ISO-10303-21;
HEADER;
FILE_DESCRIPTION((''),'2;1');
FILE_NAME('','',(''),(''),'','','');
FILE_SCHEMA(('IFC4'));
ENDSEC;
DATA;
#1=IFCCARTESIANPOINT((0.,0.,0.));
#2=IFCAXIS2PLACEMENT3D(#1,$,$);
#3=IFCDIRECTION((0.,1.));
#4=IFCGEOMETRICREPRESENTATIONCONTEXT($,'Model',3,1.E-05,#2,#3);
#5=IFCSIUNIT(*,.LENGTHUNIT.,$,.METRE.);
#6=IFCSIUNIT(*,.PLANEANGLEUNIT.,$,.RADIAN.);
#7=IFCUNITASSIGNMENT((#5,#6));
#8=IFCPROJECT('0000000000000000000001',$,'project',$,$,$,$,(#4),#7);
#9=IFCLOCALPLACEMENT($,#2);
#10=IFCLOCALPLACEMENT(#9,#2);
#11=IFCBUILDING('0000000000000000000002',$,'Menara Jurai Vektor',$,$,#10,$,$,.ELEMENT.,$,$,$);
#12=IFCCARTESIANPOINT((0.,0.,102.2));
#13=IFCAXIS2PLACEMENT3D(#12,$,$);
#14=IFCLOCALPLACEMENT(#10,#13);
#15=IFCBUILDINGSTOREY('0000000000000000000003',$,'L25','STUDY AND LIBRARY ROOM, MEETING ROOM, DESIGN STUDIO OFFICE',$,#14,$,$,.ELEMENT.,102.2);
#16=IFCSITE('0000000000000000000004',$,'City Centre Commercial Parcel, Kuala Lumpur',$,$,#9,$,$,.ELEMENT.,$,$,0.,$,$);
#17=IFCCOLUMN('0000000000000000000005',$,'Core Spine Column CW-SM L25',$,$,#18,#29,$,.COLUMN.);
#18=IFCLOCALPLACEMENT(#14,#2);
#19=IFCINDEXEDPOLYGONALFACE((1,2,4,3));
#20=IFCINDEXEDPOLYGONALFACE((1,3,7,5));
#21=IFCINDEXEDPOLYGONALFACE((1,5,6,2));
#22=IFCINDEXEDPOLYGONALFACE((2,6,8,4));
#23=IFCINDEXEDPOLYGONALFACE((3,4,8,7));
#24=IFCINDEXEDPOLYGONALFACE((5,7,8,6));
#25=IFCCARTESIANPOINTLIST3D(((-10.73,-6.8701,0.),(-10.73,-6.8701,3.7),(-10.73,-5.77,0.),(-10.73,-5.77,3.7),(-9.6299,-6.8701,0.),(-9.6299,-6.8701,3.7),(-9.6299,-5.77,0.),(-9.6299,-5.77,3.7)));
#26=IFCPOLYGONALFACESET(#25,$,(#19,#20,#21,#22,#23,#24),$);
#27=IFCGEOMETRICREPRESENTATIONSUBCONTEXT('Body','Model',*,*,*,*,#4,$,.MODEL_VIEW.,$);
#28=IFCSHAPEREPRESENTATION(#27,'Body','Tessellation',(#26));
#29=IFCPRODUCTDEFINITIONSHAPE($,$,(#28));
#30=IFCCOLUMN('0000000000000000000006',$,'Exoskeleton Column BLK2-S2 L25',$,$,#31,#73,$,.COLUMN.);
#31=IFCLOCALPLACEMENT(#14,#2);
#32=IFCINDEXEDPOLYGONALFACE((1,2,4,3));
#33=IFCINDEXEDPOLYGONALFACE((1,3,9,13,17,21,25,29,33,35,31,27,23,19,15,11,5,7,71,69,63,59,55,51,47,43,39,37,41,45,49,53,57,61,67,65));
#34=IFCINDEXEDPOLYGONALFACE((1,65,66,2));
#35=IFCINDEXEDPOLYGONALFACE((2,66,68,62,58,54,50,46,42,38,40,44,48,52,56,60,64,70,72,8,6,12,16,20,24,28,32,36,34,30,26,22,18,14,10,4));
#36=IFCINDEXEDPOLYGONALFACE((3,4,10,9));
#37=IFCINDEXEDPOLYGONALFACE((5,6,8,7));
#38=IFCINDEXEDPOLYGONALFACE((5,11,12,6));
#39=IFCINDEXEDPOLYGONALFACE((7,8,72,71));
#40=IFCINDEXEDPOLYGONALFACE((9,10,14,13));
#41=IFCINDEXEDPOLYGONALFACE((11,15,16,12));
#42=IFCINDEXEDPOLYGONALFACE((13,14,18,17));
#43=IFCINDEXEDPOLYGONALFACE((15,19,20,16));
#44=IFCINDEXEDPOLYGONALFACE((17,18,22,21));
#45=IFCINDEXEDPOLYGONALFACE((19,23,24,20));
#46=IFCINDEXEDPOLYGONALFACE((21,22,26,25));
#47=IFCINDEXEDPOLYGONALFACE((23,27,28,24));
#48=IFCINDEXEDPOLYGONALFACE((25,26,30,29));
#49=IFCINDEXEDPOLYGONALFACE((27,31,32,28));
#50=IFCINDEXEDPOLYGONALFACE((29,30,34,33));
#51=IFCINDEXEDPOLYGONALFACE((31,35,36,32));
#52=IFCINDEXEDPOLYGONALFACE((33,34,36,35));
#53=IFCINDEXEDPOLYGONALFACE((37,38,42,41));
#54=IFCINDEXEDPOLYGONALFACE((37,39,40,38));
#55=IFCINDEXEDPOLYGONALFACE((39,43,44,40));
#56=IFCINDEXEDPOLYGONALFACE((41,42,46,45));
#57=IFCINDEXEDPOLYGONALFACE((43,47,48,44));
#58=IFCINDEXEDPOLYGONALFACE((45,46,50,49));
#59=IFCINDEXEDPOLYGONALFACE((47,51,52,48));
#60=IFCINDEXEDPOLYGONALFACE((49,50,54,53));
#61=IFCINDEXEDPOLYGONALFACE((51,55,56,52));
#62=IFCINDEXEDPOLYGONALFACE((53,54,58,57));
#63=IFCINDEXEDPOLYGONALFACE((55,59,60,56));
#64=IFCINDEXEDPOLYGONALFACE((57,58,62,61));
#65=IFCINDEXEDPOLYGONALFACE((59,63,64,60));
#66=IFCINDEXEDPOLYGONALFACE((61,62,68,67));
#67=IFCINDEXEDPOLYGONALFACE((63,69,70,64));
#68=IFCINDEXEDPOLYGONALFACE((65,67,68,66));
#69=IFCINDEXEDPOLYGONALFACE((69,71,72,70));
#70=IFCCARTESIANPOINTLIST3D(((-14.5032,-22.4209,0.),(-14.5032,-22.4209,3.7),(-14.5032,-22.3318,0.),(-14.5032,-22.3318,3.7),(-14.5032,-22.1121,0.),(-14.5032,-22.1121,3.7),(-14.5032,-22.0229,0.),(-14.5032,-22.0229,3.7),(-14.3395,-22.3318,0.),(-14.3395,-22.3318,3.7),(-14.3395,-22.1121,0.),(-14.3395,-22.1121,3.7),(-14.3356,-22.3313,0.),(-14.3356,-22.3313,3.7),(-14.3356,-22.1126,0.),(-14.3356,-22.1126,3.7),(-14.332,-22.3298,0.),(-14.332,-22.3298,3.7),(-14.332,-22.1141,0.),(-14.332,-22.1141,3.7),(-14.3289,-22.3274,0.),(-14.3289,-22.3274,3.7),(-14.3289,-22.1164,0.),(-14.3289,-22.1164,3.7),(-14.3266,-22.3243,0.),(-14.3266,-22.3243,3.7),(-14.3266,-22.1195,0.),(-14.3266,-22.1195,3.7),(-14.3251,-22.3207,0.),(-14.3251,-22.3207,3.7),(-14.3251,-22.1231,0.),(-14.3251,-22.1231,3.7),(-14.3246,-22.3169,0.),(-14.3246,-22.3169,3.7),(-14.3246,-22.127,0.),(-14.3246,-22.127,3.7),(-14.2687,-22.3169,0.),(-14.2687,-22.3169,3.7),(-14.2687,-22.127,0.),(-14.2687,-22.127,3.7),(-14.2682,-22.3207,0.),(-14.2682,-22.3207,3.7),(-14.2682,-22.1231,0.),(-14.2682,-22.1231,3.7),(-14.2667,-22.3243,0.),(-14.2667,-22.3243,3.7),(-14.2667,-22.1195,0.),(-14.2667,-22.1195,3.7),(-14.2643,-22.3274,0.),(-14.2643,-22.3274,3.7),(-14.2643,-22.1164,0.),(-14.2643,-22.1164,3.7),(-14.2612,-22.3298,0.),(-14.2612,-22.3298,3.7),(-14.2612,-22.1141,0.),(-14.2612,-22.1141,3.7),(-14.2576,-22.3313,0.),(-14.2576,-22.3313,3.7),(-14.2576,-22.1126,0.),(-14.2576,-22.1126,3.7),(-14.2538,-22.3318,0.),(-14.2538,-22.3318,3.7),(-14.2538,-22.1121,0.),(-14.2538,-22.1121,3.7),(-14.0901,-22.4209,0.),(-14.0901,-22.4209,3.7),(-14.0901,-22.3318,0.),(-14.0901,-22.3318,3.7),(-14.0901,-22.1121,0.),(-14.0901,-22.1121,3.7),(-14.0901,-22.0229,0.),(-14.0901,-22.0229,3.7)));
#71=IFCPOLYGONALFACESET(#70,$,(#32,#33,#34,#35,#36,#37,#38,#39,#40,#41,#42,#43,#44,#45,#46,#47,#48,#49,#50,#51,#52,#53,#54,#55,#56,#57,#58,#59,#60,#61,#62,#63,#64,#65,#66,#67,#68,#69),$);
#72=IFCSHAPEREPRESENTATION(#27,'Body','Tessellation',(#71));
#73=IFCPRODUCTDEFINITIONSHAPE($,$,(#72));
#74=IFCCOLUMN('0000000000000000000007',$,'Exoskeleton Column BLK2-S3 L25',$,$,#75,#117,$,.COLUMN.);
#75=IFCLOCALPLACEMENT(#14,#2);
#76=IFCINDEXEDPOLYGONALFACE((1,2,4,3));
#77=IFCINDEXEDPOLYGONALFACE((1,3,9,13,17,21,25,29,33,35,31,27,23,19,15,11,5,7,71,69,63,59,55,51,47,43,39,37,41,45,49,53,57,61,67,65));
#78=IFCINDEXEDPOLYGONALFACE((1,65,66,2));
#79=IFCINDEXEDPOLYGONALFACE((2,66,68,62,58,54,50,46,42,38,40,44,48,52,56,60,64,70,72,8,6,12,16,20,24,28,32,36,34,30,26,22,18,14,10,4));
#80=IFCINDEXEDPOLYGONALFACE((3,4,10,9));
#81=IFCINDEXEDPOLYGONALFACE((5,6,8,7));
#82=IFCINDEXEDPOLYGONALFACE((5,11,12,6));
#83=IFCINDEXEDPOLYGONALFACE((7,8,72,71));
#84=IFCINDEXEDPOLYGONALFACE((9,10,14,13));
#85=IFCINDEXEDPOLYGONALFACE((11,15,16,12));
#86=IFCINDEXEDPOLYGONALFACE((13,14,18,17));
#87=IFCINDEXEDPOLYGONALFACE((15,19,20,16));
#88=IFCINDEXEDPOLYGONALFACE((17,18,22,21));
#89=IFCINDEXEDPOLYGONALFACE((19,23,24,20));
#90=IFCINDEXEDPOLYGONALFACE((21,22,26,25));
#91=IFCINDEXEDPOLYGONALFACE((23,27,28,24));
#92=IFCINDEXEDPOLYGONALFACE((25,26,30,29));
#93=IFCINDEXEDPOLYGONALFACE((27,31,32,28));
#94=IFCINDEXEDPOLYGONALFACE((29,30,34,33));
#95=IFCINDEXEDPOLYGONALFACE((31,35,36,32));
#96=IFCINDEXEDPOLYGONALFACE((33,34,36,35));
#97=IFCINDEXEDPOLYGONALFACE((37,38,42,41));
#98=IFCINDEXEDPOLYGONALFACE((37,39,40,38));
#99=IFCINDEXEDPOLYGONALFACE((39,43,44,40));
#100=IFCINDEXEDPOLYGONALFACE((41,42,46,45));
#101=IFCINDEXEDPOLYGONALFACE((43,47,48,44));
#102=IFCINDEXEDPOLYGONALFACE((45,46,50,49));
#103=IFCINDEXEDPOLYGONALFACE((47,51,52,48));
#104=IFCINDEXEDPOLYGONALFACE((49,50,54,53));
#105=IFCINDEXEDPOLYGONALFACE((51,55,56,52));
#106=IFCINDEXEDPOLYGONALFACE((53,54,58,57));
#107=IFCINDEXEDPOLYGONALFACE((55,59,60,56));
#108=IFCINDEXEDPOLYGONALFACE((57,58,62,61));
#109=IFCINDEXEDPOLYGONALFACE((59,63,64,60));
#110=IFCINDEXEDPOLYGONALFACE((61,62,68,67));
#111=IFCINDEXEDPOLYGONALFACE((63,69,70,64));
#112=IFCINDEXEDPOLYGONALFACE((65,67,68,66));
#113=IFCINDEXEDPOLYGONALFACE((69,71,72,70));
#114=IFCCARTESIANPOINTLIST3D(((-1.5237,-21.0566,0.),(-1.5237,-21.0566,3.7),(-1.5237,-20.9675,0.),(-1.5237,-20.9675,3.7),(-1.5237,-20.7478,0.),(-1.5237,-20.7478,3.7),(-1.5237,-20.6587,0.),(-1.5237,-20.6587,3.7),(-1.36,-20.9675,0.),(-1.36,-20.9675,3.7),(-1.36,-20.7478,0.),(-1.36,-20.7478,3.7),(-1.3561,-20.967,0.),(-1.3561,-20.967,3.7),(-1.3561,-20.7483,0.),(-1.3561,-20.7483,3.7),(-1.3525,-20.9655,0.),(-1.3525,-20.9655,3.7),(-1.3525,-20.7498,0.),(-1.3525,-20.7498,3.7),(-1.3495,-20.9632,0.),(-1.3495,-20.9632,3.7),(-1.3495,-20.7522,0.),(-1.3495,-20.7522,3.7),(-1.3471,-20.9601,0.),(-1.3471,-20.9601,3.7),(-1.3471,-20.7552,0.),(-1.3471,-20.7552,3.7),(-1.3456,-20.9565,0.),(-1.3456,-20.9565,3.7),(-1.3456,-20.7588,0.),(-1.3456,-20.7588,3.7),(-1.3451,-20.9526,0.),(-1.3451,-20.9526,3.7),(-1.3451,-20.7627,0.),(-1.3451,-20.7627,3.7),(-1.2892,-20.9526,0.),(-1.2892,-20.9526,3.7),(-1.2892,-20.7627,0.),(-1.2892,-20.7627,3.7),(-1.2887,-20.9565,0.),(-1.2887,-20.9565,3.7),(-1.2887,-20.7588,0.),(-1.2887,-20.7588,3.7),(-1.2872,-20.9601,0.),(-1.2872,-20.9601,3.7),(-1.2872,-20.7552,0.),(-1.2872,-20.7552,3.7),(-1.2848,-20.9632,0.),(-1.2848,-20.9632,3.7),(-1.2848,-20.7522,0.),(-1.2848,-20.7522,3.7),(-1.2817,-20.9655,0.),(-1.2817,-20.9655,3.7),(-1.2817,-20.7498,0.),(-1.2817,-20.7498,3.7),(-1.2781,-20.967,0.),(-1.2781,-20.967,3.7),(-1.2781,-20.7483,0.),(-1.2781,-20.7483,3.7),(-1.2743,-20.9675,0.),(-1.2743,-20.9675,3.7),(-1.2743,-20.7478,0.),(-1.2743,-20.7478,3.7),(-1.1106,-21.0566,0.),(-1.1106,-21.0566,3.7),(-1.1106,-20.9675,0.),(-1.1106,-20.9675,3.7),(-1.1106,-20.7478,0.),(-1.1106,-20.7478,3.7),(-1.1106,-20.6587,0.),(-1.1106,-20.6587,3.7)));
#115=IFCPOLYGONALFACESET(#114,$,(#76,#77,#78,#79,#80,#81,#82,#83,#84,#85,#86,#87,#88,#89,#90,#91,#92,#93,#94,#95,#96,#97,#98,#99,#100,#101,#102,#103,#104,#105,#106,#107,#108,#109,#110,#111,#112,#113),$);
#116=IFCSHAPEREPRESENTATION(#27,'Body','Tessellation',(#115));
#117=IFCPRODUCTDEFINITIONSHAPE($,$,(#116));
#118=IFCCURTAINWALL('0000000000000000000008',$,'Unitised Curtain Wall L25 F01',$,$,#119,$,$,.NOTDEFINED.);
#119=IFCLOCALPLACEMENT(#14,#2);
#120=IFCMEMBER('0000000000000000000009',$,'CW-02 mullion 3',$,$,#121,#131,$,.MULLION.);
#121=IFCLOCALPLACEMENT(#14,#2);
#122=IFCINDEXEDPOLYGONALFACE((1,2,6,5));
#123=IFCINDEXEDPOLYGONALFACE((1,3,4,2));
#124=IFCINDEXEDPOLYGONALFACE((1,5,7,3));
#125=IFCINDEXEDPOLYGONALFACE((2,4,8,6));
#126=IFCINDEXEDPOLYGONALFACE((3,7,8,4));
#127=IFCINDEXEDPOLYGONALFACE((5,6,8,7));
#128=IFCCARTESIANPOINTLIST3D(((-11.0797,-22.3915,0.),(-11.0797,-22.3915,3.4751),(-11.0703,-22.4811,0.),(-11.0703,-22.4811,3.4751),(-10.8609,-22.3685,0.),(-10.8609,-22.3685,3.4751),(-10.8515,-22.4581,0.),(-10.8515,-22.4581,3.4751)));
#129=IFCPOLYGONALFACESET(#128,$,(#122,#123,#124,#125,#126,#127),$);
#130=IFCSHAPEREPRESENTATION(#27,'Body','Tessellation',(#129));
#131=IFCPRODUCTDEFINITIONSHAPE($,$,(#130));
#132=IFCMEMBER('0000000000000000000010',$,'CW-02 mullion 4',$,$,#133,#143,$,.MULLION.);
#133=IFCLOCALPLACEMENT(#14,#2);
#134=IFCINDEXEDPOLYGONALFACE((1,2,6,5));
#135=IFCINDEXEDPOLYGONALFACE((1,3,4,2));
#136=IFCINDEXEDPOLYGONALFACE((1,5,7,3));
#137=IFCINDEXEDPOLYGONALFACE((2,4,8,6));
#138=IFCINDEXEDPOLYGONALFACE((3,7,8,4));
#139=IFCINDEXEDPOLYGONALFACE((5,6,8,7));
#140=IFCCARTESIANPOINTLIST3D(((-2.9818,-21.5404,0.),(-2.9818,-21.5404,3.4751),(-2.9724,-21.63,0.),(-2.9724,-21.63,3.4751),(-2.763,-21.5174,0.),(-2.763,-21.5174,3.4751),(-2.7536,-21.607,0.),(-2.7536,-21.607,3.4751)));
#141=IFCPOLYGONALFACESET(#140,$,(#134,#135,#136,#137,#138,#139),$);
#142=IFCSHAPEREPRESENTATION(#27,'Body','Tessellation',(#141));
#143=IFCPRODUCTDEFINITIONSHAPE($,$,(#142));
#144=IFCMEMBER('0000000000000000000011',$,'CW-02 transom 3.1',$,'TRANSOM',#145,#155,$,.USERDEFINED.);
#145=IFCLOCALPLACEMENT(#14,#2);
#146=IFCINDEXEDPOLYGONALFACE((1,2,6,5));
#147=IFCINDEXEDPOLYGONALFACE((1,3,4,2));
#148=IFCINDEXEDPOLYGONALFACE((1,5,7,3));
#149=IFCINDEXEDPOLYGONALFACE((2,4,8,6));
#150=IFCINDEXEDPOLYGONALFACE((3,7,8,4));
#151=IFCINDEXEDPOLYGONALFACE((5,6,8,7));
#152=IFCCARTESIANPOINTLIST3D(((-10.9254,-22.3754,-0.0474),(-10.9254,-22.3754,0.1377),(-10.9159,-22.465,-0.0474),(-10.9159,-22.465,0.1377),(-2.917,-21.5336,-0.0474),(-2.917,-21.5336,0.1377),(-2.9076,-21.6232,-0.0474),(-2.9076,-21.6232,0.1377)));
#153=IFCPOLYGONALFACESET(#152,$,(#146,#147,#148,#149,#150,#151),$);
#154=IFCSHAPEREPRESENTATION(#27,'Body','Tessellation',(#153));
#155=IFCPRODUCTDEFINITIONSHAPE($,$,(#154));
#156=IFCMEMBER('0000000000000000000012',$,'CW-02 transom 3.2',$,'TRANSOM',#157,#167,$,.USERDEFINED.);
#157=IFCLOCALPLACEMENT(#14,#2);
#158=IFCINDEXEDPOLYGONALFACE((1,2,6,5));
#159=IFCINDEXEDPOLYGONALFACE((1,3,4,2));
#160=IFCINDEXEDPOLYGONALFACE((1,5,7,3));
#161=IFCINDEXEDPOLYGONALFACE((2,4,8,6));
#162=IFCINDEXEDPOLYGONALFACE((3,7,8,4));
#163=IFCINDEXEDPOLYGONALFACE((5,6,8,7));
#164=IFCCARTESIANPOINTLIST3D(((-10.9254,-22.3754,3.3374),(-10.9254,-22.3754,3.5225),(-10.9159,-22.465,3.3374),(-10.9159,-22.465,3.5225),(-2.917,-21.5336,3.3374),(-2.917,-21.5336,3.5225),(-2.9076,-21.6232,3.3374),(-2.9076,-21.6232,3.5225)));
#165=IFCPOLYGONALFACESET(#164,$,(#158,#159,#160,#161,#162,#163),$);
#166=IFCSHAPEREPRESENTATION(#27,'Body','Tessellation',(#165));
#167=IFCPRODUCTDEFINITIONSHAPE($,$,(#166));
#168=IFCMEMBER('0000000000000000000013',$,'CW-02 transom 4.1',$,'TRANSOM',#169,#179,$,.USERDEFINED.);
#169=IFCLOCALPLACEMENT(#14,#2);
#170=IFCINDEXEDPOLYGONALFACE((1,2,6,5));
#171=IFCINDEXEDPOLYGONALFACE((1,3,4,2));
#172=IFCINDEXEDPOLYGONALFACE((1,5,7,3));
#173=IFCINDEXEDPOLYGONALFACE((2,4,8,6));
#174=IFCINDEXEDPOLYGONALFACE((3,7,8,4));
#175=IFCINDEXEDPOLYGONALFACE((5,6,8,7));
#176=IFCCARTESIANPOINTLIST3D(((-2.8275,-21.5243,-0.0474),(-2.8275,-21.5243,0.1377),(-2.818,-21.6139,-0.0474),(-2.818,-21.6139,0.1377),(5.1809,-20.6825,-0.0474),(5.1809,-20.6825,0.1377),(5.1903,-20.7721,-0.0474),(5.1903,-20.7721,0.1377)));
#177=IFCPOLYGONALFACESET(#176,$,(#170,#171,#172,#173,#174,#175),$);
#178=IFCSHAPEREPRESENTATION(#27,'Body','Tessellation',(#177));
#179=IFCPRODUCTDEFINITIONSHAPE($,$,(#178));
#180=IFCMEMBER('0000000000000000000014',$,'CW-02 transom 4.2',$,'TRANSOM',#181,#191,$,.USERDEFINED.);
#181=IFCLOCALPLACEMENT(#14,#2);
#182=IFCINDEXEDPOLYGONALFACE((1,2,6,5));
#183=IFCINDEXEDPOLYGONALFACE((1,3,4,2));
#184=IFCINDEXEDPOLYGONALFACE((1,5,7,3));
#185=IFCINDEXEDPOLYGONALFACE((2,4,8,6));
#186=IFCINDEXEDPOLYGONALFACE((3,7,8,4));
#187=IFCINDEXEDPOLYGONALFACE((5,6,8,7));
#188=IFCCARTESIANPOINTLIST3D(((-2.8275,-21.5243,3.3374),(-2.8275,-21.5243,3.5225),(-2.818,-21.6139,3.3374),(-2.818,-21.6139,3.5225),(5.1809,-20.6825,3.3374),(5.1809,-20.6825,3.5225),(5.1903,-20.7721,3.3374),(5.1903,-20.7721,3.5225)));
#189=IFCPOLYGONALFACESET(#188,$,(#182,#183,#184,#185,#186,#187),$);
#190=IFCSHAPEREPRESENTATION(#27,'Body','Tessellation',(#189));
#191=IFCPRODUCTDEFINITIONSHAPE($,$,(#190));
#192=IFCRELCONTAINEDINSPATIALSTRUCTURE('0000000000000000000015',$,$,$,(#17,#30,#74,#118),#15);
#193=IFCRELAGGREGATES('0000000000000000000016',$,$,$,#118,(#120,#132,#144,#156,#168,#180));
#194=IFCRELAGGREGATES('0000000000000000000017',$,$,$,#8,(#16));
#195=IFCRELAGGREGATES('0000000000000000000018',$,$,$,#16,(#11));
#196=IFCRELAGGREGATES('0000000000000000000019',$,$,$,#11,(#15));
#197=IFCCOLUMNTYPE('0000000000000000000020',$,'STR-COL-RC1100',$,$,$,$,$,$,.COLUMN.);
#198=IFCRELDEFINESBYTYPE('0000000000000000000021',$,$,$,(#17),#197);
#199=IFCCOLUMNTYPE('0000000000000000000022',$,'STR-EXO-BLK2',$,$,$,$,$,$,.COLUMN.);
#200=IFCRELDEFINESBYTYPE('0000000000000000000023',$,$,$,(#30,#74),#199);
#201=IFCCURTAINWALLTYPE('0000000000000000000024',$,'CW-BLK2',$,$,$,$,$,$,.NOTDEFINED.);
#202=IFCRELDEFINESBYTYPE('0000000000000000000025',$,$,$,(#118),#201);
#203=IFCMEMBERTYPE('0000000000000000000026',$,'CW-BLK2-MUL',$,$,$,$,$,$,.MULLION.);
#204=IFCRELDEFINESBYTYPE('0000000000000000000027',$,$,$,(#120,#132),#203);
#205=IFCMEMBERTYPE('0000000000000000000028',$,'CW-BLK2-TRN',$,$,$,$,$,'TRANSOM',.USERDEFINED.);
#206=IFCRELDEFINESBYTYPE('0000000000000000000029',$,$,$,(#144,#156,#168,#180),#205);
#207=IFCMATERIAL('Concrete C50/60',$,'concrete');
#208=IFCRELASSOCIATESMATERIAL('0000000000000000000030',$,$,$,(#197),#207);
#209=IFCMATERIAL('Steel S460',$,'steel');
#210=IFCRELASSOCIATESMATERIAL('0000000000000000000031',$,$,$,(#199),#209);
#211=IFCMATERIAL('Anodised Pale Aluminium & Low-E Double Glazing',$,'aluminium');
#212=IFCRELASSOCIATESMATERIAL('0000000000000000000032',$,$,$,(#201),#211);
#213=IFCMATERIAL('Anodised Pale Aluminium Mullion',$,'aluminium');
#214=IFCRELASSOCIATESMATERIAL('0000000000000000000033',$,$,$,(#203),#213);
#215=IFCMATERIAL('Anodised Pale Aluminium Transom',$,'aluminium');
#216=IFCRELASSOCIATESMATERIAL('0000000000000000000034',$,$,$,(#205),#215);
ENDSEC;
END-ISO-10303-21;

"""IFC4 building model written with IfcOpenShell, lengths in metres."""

from ifc_helpers import new_model, si_unit, direction, frame, origin, origin_2d, place, context, subcontext, project, spatial, rectangle, i_section, extrude, material, material_profile, profile_set, type_object, element, aggregate, save


model = new_model("IFC4")

# Units and contexts
model_context = context("Model", 3, precision=1e-05, world=origin(), true_north=direction((0.0, 1.0)))
body_context = subcontext(model_context, "Body", "Model", "MODEL_VIEW")
ifc_project = project(units=[si_unit("LENGTHUNIT", "METRE"), si_unit("PLANEANGLEUNIT", "RADIAN")], contexts=[model_context])

# Site, building, storey
site_placement = place(None, origin())
site = spatial("IfcSite", under=ifc_project, at=site_placement, Name="City Centre Commercial Parcel, Kuala Lumpur", CompositionType="ELEMENT", RefElevation=0.0)
building_placement = place(site_placement, origin())
building = spatial("IfcBuilding", under=site, at=building_placement, Name="Menara Jurai Vektor", CompositionType="ELEMENT")
storey_placement = place(building_placement, frame((0.0, 0.0, 102.2)))
storey = spatial("IfcBuildingStorey", under=building, at=storey_placement, Name="L25", Description="STUDY AND LIBRARY ROOM, MEETING ROOM, DESIGN STUDIO OFFICE", CompositionType="ELEMENT", Elevation=102.2)

# Columns
ifc_material_1 = material(Name="Concrete C50/60", Category="concrete")
ifc_material_profile_1 = material_profile(ifc_material_1, rectangle(XDim=1.1001, YDim=1.1001, at=origin_2d()), Name="RC 1100x1100")
ifc_profile_set_1 = profile_set([ifc_material_profile_1], Name="Concrete C50/60")
column_type_1 = type_object("IfcColumnType", Name="STR-COL-RC1100", PredefinedType="COLUMN", material=ifc_profile_set_1)
column_placement = place(storey_placement, frame((-10.1799, -6.3201, 0.0), z_axis=(0.0, 0.0, 1.0), x_axis=(1.0, 0.0, 0.0)))
element("IfcColumn", 1, at=column_placement, inside=storey, type_object=column_type_1, Name="Core Spine Column CW-SM L25", PredefinedType="COLUMN", context=body_context, shape_type="SweptSolid", body=[
    extrude(rectangle(XDim=1.1001, YDim=1.1001, at=origin_2d()), origin(), (0.0, 0.0, 1.0), 3.7),
])
ifc_material_2 = material(Name="Steel S460", Category="steel")
ifc_material_profile_2 = material_profile(ifc_material_2, i_section(OverallWidth=0.4131, OverallDepth=0.3979, WebThickness=0.0559, FlangeThickness=0.0891, FilletRadius=0.0149, at=origin_2d()), Name="HD 400x744")
ifc_profile_set_2 = profile_set([ifc_material_profile_2], Name="Steel S460")
column_type_2 = type_object("IfcColumnType", Name="STR-EXO-BLK2", PredefinedType="COLUMN", material=ifc_profile_set_2)
for number, where, z_axis, x_axis, name in (
    (2, (-14.2966, -22.2219, 0.0), (0.0, 0.0, 1.0), (1.0, 0.0, 0.0), "Exoskeleton Column BLK2-S2 L25"),
    (3, (-1.3171, -20.8577, 0.0), (0.0, 0.0, 1.0), (1.0, 0.0, 0.0), "Exoskeleton Column BLK2-S3 L25"),
):
    element("IfcColumn", number, at=place(storey_placement, frame(where, z_axis=z_axis, x_axis=x_axis)), inside=storey, type_object=column_type_2, Name=name, PredefinedType="COLUMN", context=body_context, shape_type="SweptSolid", body=[
        extrude(i_section(OverallWidth=0.4131, OverallDepth=0.3979, WebThickness=0.0559, FlangeThickness=0.0891, FilletRadius=0.0149, at=origin_2d()), origin(), (0.0, 0.0, 1.0), 3.7),
    ])

# Curtain wall, members
ifc_material_3 = material(Name="Anodised Pale Aluminium & Low-E Double Glazing", Category="aluminium")
curtain_wall_type = type_object("IfcCurtainWallType", Name="CW-BLK2", PredefinedType="NOTDEFINED", material=ifc_material_3)
curtain_wall_placement = place(storey_placement, origin())
curtain_wall = element("IfcCurtainWall", 4, at=curtain_wall_placement, inside=storey, type_object=curtain_wall_type, Name="Unitised Curtain Wall L25 F01", PredefinedType="NOTDEFINED")
ifc_material_4 = material(Name="Anodised Pale Aluminium Mullion", Category="aluminium")
ifc_material_profile_3 = material_profile(ifc_material_4, rectangle(XDim=0.0901, YDim=0.22, at=origin_2d()), Name="ALU MUL 90x220")
ifc_profile_set_3 = profile_set([ifc_material_profile_3], Name="Anodised Pale Aluminium Mullion")
member_type_1 = type_object("IfcMemberType", Name="CW-BLK2-MUL", PredefinedType="MULLION", material=ifc_profile_set_3)
member_1_placement = place(storey_placement, frame((-10.9656, -22.4248, 0.0), z_axis=(0.0, 0.0, 1.0), x_axis=(-0.104529, 0.994522, 0.0)))
member_1 = element("IfcMember", 5, at=member_1_placement, type_object=member_type_1, Name="CW-02 mullion 3", PredefinedType="MULLION", context=body_context, shape_type="SweptSolid", body=[
    extrude(rectangle(XDim=0.0901, YDim=0.22, at=origin_2d()), origin(), (0.0, 0.0, 1.0), 3.4751),
])
member_2_placement = place(storey_placement, frame((-2.8677, -21.5737, 0.0), z_axis=(0.0, 0.0, 1.0), x_axis=(-0.104529, 0.994522, 0.0)))
member_2 = element("IfcMember", 6, at=member_2_placement, type_object=member_type_1, Name="CW-02 mullion 4", PredefinedType="MULLION", context=body_context, shape_type="SweptSolid", body=[
    extrude(rectangle(XDim=0.0901, YDim=0.22, at=origin_2d()), origin(), (0.0, 0.0, 1.0), 3.4751),
])
ifc_material_5 = material(Name="Anodised Pale Aluminium Transom", Category="aluminium")
ifc_material_profile_4 = material_profile(ifc_material_5, rectangle(XDim=0.0901, YDim=0.1851, at=origin_2d()), Name="ALU TRN 90x185")
ifc_profile_set_4 = profile_set([ifc_material_profile_4], Name="Anodised Pale Aluminium Transom")
member_type_2 = type_object("IfcMemberType", Name="CW-BLK2-TRN", ElementType="TRANSOM", PredefinedType="USERDEFINED", material=ifc_profile_set_4)
member_3_placement = place(storey_placement, frame((-10.9207, -22.4202, 0.0452), z_axis=(0.994521, 0.10454, 0.0), x_axis=(-0.10454, 0.994521, 0.0)))
member_3 = element("IfcMember", 7, at=member_3_placement, type_object=member_type_2, Name="CW-02 transom 3.1", ObjectType="TRANSOM", PredefinedType="USERDEFINED", context=body_context, shape_type="SweptSolid", body=[
    extrude(rectangle(XDim=0.0901, YDim=0.1851, at=origin_2d()), origin(), (0.0, 0.0, 1.0), 8.0525),
])
member_4_placement = place(storey_placement, frame((-10.9207, -22.4202, 3.4299), z_axis=(0.994521, 0.10454, 0.0), x_axis=(-0.10454, 0.994521, 0.0)))
member_4 = element("IfcMember", 8, at=member_4_placement, type_object=member_type_2, Name="CW-02 transom 3.2", ObjectType="TRANSOM", PredefinedType="USERDEFINED", context=body_context, shape_type="SweptSolid", body=[
    extrude(rectangle(XDim=0.0901, YDim=0.1851, at=origin_2d()), origin(), (0.0, 0.0, 1.0), 8.0525),
])
member_5_placement = place(storey_placement, frame((-2.8228, -21.5691, 0.0452), z_axis=(0.994521, 0.10454, 0.0), x_axis=(-0.10454, 0.994521, 0.0)))
member_5 = element("IfcMember", 9, at=member_5_placement, type_object=member_type_2, Name="CW-02 transom 4.1", ObjectType="TRANSOM", PredefinedType="USERDEFINED", context=body_context, shape_type="SweptSolid", body=[
    extrude(rectangle(XDim=0.0901, YDim=0.1851, at=origin_2d()), origin(), (0.0, 0.0, 1.0), 8.0525),
])
member_6_placement = place(storey_placement, frame((-2.8228, -21.5691, 3.4299), z_axis=(0.994521, 0.10454, 0.0), x_axis=(-0.10454, 0.994521, 0.0)))
member_6 = element("IfcMember", 10, at=member_6_placement, type_object=member_type_2, Name="CW-02 transom 4.2", ObjectType="TRANSOM", PredefinedType="USERDEFINED", context=body_context, shape_type="SweptSolid", body=[
    extrude(rectangle(XDim=0.0901, YDim=0.1851, at=origin_2d()), origin(), (0.0, 0.0, 1.0), 8.0525),
])

aggregate(curtain_wall, [member_1, member_2, member_3, member_4, member_5, member_6])

save(model, "model.ifc")
